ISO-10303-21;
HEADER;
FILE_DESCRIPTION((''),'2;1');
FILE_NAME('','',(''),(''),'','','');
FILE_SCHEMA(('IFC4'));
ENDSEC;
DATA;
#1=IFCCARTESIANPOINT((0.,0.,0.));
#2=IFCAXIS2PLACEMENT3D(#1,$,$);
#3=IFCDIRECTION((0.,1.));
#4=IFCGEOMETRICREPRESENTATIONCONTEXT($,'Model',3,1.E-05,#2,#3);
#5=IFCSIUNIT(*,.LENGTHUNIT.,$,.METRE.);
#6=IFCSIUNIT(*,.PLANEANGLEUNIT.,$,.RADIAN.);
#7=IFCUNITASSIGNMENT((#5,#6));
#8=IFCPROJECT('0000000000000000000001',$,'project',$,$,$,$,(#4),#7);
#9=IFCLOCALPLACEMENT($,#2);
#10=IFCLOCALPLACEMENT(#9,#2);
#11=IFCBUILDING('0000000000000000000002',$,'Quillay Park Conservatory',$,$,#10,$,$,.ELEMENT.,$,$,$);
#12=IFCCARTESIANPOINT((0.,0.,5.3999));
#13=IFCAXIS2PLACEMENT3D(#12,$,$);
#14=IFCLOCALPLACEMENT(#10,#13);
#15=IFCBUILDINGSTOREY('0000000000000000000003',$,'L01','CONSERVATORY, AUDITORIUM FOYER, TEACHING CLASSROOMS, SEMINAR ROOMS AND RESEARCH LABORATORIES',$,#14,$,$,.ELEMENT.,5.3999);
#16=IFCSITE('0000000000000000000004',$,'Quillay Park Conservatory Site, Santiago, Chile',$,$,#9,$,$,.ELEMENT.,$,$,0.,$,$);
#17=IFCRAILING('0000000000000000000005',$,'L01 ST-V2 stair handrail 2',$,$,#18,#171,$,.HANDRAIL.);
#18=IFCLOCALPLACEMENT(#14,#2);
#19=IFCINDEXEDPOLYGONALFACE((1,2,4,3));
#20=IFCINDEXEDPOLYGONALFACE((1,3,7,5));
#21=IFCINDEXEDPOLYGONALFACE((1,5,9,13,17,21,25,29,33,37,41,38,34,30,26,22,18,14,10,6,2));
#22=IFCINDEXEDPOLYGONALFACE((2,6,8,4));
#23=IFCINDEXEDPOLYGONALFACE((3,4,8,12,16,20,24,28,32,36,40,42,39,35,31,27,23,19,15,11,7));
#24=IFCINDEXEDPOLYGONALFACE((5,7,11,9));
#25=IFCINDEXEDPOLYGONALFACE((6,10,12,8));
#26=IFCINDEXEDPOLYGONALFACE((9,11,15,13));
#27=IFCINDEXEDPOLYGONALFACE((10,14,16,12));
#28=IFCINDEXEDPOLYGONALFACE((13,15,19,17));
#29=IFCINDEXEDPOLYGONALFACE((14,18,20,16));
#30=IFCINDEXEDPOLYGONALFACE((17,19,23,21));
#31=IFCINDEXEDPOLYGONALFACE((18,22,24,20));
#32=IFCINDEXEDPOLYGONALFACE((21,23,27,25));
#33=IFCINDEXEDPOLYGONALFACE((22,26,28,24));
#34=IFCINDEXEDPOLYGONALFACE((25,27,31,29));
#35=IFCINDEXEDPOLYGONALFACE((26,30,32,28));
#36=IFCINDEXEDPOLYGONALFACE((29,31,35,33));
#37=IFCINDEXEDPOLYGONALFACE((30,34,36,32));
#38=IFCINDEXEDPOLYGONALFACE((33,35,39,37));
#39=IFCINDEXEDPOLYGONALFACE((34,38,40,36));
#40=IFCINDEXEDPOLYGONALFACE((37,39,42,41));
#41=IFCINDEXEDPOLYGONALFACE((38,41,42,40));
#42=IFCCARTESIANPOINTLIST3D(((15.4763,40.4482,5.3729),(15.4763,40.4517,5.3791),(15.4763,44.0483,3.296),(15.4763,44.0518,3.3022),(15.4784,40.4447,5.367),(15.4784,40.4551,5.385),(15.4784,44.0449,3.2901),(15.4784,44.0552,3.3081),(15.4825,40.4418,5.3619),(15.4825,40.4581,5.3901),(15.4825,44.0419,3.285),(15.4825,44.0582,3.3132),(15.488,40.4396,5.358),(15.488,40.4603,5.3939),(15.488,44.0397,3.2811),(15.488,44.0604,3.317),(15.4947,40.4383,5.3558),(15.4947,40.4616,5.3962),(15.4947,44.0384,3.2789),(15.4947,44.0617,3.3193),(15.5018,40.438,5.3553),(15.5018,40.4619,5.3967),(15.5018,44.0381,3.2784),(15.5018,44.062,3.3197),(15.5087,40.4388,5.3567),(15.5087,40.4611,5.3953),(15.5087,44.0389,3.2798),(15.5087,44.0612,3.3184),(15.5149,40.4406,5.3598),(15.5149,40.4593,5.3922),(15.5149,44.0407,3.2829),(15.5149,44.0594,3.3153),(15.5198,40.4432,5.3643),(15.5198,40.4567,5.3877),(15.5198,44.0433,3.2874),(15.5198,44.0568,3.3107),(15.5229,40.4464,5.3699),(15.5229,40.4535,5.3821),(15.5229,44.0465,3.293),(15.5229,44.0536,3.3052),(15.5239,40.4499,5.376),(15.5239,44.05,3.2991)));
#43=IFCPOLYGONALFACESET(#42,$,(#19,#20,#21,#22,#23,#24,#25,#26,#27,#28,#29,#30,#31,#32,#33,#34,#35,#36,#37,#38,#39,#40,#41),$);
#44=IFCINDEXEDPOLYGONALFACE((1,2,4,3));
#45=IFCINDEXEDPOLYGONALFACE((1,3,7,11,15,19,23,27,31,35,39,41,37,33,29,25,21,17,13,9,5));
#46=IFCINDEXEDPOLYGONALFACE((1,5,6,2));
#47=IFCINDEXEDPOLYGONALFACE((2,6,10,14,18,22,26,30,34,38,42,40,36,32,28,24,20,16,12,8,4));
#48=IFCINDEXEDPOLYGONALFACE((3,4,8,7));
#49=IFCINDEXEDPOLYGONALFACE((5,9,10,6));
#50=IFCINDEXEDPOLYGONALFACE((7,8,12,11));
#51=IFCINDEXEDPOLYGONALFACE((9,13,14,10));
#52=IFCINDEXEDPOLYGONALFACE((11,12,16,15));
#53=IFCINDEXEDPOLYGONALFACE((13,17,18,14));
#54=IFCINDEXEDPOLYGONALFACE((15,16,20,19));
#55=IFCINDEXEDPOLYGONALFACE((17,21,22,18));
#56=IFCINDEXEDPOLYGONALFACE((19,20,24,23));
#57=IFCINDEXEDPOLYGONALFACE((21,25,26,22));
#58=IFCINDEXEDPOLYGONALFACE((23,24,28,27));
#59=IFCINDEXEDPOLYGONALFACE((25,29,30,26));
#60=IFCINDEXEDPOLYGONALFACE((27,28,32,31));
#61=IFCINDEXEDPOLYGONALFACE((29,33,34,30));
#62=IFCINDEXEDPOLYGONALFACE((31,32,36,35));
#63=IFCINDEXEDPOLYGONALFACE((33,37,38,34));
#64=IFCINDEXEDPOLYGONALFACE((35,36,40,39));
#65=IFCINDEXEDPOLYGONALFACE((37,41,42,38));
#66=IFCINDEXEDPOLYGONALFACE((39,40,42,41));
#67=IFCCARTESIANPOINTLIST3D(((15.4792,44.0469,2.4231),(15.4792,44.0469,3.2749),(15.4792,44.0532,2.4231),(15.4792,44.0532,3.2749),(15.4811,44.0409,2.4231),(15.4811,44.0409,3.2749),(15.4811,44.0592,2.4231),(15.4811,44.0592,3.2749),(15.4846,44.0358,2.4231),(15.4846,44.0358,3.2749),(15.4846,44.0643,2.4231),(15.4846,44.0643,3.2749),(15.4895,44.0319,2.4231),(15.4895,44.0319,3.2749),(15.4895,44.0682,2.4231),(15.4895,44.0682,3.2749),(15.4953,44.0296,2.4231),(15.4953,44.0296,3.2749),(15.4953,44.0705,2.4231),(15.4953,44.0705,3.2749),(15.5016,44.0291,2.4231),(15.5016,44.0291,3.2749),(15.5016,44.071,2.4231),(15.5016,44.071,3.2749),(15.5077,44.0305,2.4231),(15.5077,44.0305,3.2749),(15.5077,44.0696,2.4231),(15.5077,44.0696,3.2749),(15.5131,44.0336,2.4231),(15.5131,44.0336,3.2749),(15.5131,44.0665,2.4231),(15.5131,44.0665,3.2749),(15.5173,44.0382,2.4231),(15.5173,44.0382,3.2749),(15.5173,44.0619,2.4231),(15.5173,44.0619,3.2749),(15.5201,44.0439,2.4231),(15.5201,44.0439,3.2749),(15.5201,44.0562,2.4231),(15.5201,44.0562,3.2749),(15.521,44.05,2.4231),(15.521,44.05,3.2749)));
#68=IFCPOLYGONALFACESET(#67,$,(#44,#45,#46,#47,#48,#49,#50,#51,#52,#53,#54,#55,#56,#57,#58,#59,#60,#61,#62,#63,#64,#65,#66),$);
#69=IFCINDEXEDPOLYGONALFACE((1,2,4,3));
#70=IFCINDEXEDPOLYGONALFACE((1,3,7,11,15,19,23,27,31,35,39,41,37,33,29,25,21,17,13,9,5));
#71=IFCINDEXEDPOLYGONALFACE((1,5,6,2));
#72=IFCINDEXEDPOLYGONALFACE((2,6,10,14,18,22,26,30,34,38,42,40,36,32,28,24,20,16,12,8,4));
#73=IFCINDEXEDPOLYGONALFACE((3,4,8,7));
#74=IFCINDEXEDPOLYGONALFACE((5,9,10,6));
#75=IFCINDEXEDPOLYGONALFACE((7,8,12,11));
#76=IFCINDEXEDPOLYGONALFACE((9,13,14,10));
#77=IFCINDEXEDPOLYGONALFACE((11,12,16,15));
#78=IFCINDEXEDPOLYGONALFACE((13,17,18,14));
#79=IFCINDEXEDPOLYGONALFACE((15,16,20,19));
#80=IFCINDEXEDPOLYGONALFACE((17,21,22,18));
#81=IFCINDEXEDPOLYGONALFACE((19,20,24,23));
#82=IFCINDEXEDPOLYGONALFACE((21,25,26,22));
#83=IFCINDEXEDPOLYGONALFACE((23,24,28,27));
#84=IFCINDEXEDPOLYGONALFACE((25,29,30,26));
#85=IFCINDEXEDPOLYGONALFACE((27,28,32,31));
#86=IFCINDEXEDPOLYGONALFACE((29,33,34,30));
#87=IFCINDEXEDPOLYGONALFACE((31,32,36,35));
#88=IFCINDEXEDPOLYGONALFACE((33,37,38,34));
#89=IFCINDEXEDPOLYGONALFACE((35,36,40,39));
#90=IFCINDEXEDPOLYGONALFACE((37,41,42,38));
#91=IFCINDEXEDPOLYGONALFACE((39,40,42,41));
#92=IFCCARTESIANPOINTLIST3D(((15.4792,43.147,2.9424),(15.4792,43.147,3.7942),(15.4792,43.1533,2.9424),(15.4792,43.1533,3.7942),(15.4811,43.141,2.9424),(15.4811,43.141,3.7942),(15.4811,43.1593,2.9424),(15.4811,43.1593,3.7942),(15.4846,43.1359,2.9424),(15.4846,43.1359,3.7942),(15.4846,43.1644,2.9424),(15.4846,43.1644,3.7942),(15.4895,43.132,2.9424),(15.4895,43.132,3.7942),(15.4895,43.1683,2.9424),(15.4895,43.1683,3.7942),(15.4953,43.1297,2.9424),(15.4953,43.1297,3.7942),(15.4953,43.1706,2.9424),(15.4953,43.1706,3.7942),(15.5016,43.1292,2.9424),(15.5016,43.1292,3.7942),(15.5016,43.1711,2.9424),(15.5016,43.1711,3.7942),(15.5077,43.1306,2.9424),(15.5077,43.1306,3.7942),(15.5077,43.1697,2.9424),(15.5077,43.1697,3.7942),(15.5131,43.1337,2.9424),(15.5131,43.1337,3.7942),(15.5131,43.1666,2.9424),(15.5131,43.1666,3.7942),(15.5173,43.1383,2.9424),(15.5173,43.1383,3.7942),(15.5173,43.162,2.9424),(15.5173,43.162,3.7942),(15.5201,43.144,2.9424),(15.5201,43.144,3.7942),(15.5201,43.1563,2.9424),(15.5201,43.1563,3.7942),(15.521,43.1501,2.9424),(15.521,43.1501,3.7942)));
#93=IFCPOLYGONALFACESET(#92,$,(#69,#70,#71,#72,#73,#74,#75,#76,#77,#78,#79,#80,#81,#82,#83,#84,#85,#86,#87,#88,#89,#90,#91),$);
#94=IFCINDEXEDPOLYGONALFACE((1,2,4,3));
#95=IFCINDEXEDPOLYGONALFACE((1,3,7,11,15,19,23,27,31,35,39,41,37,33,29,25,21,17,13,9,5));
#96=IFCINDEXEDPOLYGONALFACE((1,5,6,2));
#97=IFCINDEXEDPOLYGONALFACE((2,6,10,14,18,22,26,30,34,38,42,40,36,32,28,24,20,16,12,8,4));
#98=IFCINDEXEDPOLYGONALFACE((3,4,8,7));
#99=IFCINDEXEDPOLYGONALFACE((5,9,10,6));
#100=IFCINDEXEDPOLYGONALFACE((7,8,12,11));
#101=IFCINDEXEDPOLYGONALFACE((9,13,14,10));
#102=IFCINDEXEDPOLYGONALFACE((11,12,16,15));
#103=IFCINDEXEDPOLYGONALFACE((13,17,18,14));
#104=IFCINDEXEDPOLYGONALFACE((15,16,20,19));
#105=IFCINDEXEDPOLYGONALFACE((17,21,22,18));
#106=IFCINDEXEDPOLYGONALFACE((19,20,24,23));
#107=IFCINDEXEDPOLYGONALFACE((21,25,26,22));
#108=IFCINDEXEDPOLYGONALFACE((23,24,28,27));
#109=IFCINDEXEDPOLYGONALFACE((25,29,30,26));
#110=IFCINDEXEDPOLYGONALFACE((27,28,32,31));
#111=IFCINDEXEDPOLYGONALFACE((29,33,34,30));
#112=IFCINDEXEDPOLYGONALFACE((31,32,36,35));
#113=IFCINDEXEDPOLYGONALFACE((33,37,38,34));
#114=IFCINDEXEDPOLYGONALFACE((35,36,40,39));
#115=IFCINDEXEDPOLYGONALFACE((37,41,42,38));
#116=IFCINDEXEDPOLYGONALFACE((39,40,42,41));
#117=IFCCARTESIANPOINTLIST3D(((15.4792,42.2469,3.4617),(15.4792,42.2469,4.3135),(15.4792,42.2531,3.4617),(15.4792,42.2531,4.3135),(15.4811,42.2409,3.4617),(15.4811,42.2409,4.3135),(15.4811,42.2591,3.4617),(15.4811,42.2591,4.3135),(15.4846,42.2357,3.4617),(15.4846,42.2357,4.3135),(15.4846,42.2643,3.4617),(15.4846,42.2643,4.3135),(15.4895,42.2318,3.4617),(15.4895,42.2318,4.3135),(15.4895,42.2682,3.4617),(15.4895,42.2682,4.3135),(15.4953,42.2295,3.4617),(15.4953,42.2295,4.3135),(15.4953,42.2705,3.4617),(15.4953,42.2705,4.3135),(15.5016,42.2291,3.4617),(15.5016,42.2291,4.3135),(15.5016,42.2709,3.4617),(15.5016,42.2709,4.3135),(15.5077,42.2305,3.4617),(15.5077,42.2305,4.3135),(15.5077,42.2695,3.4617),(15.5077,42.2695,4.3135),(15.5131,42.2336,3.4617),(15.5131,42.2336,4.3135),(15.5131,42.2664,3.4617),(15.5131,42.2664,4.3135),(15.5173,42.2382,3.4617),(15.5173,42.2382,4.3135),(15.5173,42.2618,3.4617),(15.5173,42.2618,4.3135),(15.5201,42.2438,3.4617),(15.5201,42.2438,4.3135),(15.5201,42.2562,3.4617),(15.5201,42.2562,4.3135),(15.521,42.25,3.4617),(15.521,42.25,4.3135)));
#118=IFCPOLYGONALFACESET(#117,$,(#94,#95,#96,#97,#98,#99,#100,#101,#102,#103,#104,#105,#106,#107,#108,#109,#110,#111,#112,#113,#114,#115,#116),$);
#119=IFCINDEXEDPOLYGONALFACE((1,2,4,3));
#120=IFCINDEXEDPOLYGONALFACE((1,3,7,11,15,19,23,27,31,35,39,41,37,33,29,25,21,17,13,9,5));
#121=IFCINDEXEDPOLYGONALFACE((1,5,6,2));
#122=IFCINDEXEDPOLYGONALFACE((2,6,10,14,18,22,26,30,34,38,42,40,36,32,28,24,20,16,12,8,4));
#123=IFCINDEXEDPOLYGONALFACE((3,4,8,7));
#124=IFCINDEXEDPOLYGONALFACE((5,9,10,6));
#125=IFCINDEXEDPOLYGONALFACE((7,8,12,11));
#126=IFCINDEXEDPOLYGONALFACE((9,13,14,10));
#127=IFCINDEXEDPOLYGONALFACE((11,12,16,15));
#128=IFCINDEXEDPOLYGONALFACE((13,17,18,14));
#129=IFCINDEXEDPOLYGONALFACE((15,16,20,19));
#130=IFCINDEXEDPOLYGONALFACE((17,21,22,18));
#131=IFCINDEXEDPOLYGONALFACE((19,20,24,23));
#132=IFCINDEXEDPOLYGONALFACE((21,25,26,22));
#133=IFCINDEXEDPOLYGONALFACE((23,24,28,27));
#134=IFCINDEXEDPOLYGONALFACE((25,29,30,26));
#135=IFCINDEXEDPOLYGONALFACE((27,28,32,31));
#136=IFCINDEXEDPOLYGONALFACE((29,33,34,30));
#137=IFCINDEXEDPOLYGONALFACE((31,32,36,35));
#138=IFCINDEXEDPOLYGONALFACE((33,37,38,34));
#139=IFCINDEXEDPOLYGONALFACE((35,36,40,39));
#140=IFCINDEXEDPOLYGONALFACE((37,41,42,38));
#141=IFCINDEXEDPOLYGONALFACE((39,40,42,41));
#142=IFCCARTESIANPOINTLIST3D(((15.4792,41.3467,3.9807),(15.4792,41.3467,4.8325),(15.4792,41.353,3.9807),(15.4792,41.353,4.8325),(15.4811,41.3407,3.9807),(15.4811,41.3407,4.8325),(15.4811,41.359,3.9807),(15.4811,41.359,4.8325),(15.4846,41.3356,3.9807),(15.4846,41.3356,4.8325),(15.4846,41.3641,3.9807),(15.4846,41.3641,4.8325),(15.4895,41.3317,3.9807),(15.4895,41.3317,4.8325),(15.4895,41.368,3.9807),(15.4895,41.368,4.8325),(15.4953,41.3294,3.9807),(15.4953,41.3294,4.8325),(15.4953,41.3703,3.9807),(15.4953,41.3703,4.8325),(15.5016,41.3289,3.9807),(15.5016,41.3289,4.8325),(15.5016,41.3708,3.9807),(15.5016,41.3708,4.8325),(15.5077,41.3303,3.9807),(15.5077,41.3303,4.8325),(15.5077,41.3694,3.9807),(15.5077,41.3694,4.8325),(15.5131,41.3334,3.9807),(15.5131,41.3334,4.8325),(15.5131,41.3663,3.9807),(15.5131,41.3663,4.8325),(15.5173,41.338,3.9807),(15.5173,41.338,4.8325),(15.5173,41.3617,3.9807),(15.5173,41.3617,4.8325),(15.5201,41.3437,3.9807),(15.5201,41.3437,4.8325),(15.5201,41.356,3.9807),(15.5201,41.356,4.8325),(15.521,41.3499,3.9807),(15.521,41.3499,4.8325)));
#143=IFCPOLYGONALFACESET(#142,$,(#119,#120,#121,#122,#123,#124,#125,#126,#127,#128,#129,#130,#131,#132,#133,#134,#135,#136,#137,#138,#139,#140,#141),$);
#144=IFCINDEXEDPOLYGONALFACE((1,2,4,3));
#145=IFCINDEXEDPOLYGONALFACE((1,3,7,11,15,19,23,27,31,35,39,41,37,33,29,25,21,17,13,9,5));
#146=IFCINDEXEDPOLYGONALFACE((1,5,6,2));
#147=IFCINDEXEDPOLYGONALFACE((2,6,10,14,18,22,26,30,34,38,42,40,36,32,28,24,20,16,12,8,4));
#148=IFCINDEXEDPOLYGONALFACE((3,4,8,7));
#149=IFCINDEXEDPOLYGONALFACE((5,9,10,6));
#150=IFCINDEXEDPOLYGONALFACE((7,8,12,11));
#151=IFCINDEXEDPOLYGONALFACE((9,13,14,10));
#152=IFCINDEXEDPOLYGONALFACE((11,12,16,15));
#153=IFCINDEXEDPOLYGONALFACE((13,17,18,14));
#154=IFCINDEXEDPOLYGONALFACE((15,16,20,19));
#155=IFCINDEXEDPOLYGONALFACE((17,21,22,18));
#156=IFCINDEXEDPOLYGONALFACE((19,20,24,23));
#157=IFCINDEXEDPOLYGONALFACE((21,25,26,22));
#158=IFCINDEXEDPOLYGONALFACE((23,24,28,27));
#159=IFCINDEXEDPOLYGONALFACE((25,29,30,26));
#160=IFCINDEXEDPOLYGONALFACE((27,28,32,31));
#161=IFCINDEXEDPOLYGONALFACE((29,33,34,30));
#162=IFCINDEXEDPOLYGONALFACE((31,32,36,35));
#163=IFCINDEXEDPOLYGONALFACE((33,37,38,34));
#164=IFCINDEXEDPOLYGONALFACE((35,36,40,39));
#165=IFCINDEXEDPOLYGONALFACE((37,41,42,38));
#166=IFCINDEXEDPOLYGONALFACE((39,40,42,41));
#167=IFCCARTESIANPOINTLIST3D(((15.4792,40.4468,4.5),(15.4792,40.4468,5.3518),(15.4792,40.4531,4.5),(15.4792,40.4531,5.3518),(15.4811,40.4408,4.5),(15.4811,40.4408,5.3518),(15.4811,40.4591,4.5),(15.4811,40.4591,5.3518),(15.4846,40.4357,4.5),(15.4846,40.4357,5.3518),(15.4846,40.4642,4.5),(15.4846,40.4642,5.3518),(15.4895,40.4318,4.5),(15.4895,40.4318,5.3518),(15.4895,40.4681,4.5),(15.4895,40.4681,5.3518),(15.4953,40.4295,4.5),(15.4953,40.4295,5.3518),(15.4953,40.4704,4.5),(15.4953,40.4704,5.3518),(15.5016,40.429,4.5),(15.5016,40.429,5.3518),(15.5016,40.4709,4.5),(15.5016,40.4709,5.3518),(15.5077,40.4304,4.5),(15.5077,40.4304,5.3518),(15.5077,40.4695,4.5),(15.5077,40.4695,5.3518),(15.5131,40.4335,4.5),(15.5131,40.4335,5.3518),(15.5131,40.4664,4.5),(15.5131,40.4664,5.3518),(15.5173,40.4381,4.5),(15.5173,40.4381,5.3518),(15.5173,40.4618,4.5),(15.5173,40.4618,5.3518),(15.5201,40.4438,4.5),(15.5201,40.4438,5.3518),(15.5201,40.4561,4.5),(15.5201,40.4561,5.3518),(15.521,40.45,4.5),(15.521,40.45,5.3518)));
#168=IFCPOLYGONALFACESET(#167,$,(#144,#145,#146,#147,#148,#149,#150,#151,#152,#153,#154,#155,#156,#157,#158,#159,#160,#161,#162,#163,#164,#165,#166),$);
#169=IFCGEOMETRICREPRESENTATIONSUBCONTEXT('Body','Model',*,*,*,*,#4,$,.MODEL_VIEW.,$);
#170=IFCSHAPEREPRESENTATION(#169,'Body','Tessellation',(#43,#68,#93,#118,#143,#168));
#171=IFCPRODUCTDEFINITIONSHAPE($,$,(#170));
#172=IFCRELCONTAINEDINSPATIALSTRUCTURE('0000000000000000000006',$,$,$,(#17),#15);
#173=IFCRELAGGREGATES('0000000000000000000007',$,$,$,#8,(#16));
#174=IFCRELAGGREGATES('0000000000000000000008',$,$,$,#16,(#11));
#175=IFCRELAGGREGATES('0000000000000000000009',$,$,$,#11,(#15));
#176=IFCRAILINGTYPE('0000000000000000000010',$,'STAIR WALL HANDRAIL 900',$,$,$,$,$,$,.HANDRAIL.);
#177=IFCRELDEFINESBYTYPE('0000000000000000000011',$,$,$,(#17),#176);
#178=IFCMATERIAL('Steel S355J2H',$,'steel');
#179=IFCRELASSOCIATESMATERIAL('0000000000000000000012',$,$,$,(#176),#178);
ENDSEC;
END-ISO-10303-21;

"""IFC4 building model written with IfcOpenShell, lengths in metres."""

from ifc_helpers import new_model, si_unit, direction, frame, origin, origin_2d, place, context, subcontext, project, spatial, circle, extrude, material, type_object, element, save


model = new_model("IFC4")

# Units and contexts
model_context = context("Model", 3, precision=1e-05, world=origin(), true_north=direction((0.0, 1.0)))
body_context = subcontext(model_context, "Body", "Model", "MODEL_VIEW")
ifc_project = project(units=[si_unit("LENGTHUNIT", "METRE"), si_unit("PLANEANGLEUNIT", "RADIAN")], contexts=[model_context])

# Site, building, storey
site_placement = place(None, origin())
site = spatial("IfcSite", under=ifc_project, at=site_placement, Name="Quillay Park Conservatory Site, Santiago, Chile", CompositionType="ELEMENT", RefElevation=0.0)
building_placement = place(site_placement, origin())
building = spatial("IfcBuilding", under=site, at=building_placement, Name="Quillay Park Conservatory", CompositionType="ELEMENT")
storey_placement = place(building_placement, frame((0.0, 0.0, 5.3999)))
storey = spatial("IfcBuildingStorey", under=building, at=storey_placement, Name="L01", Description="CONSERVATORY, AUDITORIUM FOYER, TEACHING CLASSROOMS, SEMINAR ROOMS AND RESEARCH LABORATORIES", CompositionType="ELEMENT", Elevation=5.3999)

# Railing
ifc_material_1 = material(Name="Steel S355J2H", Category="steel")
railing_type_1 = type_object("IfcRailingType", Name="STAIR WALL HANDRAIL 900", PredefinedType="HANDRAIL", material=ifc_material_1)
railing_1_placement = place(storey_placement, frame((15.5, 44.05, 2.4231)))
element("IfcRailing", 1, at=railing_1_placement, inside=storey, type_object=railing_type_1, Name="L01 ST-V2 stair handrail 2", PredefinedType="HANDRAIL", context=body_context, shape_type="SweptSolid", body=[
    extrude(circle(Radius=0.0239, at=origin_2d()), frame((0.0, 0.0, 0.876), z_axis=(0.0, -0.866193, 0.499709), x_axis=(1.0, 0.0, 0.0)), (0.0, 0.0, 1.0), 4.1562),
    extrude(circle(Radius=0.021, at=origin_2d()), origin(), (0.0, 0.0, 1.0), 0.8518),
    extrude(circle(Radius=0.021, at=origin_2d()), frame((0.0, -0.8999, 0.5193)), (0.0, 0.0, 1.0), 0.8518),
    extrude(circle(Radius=0.021, at=origin_2d()), frame((0.0, -1.8, 1.0386)), (0.0, 0.0, 1.0), 0.8518),
    extrude(circle(Radius=0.021, at=origin_2d()), frame((0.0, -2.7002, 1.5576)), (0.0, 0.0, 1.0), 0.8518),
    extrude(circle(Radius=0.021, at=origin_2d()), frame((0.0, -3.6001, 2.0769)), (0.0, 0.0, 1.0), 0.8518),
])

save(model, "model.ifc")
